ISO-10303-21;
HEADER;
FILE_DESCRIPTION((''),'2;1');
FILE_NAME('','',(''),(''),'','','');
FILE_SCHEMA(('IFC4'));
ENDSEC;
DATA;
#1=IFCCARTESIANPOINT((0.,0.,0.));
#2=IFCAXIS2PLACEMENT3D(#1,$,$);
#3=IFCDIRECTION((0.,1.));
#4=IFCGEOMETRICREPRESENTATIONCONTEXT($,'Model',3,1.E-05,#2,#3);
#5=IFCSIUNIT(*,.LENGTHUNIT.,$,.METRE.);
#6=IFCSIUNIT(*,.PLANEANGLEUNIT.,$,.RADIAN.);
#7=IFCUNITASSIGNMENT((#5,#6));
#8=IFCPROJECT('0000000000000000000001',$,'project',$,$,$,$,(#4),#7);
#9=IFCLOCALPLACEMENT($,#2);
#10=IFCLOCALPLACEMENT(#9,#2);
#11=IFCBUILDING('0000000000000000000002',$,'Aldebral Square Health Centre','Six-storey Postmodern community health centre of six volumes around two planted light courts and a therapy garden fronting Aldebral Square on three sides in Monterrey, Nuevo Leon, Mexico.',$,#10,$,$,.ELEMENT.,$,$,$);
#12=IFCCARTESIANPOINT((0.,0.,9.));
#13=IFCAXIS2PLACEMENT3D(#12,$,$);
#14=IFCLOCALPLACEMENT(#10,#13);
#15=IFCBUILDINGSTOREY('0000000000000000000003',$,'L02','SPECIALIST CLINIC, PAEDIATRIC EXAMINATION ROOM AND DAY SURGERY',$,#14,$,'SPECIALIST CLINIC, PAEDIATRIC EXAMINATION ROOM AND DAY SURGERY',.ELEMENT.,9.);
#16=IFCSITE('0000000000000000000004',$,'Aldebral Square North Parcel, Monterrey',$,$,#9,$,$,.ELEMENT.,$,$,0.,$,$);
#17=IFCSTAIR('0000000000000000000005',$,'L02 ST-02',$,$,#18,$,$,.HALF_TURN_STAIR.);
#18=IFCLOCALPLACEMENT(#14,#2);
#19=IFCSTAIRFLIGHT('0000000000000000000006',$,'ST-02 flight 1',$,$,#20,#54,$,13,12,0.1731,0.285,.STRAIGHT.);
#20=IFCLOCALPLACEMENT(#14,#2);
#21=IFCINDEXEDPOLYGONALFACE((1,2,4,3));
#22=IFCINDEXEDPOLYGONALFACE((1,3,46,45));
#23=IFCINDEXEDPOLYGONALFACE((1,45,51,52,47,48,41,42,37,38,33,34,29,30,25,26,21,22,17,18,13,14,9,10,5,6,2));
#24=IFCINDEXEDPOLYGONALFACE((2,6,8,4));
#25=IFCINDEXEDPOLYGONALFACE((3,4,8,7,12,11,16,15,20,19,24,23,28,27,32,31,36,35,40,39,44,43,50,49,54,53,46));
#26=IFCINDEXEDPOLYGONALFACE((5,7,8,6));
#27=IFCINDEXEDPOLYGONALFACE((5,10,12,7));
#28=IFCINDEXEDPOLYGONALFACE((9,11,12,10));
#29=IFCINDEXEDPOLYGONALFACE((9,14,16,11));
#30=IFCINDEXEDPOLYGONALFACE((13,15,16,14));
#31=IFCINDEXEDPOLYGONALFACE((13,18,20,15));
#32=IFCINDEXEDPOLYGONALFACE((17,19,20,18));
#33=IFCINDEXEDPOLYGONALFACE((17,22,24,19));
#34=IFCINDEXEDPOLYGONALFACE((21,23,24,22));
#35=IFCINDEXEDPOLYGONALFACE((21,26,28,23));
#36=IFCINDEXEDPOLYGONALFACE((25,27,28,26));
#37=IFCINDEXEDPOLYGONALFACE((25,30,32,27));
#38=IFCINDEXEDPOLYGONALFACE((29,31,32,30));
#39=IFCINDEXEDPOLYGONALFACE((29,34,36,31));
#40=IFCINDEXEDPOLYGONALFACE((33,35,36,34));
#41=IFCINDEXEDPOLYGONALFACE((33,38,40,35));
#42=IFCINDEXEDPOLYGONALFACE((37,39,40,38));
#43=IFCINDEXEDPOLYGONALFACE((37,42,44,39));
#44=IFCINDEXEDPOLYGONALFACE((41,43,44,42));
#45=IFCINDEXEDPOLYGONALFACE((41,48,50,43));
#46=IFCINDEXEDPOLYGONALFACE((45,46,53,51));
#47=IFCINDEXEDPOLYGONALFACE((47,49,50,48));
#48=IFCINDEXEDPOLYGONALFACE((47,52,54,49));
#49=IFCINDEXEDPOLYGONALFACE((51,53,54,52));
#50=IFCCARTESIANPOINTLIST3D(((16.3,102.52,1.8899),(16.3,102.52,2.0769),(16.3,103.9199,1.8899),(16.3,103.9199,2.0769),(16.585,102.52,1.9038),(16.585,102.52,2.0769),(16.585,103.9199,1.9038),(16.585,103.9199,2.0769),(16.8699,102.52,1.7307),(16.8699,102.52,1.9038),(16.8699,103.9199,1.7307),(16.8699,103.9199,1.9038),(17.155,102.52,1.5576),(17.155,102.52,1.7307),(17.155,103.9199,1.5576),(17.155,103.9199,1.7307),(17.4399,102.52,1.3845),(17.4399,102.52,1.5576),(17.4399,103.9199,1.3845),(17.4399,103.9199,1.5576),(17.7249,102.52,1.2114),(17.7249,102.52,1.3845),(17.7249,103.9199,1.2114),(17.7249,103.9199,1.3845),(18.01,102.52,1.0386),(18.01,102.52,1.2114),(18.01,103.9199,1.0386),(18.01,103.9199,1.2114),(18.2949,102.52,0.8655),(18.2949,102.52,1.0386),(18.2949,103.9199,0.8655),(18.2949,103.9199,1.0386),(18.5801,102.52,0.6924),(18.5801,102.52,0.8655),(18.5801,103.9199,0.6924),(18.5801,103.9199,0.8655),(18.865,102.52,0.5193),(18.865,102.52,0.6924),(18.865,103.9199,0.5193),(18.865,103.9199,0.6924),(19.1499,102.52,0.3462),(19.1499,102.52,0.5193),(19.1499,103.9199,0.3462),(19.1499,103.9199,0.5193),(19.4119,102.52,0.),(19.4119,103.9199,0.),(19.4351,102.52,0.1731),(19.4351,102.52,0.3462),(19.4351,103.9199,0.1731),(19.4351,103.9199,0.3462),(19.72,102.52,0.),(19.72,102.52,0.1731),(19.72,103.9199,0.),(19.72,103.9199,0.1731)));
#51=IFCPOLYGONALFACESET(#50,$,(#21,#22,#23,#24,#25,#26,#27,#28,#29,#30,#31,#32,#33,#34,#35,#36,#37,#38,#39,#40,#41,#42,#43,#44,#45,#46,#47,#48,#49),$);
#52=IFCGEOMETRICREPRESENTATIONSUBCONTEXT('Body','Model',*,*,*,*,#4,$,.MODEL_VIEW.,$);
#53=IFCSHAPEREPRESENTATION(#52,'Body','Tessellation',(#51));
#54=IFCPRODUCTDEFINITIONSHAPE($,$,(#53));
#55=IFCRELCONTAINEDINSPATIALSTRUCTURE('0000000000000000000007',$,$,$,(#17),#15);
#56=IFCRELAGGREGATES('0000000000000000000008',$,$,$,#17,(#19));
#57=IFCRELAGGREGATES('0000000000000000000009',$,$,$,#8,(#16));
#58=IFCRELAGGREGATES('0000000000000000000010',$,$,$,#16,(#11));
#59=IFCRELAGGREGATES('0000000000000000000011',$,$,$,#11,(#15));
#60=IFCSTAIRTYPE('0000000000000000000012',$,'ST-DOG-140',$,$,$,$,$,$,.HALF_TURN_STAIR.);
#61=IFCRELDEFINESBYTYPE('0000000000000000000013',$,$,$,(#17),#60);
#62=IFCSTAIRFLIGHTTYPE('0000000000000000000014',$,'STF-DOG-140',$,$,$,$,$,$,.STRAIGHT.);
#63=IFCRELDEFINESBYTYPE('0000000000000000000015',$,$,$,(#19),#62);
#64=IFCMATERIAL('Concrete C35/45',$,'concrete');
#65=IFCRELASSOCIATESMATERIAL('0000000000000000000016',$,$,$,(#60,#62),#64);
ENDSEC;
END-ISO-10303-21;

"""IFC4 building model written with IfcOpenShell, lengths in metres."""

from ifc_helpers import new_model, si_unit, direction, frame, origin, place, context, subcontext, project, spatial, polyline, outline, extrude, material, type_object, element, aggregate, save


model = new_model("IFC4")

# Units and contexts
model_context = context("Model", 3, precision=1e-05, world=origin(), true_north=direction((0.0, 1.0)))
body_context = subcontext(model_context, "Body", "Model", "MODEL_VIEW")
ifc_project = project(units=[si_unit("LENGTHUNIT", "METRE"), si_unit("PLANEANGLEUNIT", "RADIAN")], contexts=[model_context])

# Site, building, storey
site_placement = place(None, origin())
site = spatial("IfcSite", under=ifc_project, at=site_placement, Name="Aldebral Square North Parcel, Monterrey", CompositionType="ELEMENT", RefElevation=0.0)
building_placement = place(site_placement, origin())
building = spatial("IfcBuilding", under=site, at=building_placement, Name="Aldebral Square Health Centre", Description="Six-storey Postmodern community health centre of six volumes around two planted light courts and a therapy garden fronting Aldebral Square on three sides in Monterrey, Nuevo Leon, Mexico.", CompositionType="ELEMENT")
storey_placement = place(building_placement, frame((0.0, 0.0, 9.0)))
storey = spatial("IfcBuildingStorey", under=building, at=storey_placement, Name="L02", Description="SPECIALIST CLINIC, PAEDIATRIC EXAMINATION ROOM AND DAY SURGERY", LongName="SPECIALIST CLINIC, PAEDIATRIC EXAMINATION ROOM AND DAY SURGERY", CompositionType="ELEMENT", Elevation=9.0)

# Stair, stair flight
ifc_material_1 = material(Name="Concrete C35/45", Category="concrete")
stair_type = type_object("IfcStairType", Name="ST-DOG-140", PredefinedType="HALF_TURN_STAIR", material=ifc_material_1)
stair_placement = place(storey_placement, origin())
stair = element("IfcStair", 1, at=stair_placement, inside=storey, type_object=stair_type, Name="L02 ST-02", PredefinedType="HALF_TURN_STAIR")
stair_flight_type = type_object("IfcStairFlightType", Name="STF-DOG-140", PredefinedType="STRAIGHT", material=ifc_material_1)
stair_flight_placement = place(storey_placement, frame((19.72, 103.22, 0.0), z_axis=(0.0, 0.0, 1.0), x_axis=(-1.0, 0.0, 0.0)))
stair_flight = element("IfcStairFlight", 2, at=stair_flight_placement, type_object=stair_flight_type, Name="ST-02 flight 1", NumberOfRisers=13, NumberOfTreads=12, PredefinedType="STRAIGHT", RiserHeight=0.1731, TreadLength=0.285, context=body_context, shape_type="SweptSolid", body=[
    extrude(outline(polyline([(0.0, 0.0), (0.0, 0.1731), (0.2849, 0.1731), (0.2849, 0.3462), (0.5701, 0.3462), (0.5701, 0.5193), (0.855, 0.5193), (0.855, 0.6924), (1.1399, 0.6924), (1.1399, 0.8655), (1.425, 0.8655), (1.425, 1.0386), (1.71, 1.0386), (1.71, 1.2114), (1.9951, 1.2114), (1.9951, 1.3845), (2.28, 1.3845), (2.28, 1.5576), (2.5649, 1.5576), (2.5649, 1.7307), (2.8501, 1.7307), (2.8501, 1.9038), (3.135, 1.9038), (3.135, 2.0769), (3.4199, 2.0769), (3.4199, 2.25), (3.4199, 1.8899), (0.3081, 0.0), (0.0, 0.0)])), frame((0.0, 0.7, 0.0), z_axis=(0.0, -1.0, 0.0), x_axis=(1.0, 0.0, 0.0)), (0.0, 0.0, 1.0), 1.3999),
])
aggregate(stair, [stair_flight])

save(model, "model.ifc")
